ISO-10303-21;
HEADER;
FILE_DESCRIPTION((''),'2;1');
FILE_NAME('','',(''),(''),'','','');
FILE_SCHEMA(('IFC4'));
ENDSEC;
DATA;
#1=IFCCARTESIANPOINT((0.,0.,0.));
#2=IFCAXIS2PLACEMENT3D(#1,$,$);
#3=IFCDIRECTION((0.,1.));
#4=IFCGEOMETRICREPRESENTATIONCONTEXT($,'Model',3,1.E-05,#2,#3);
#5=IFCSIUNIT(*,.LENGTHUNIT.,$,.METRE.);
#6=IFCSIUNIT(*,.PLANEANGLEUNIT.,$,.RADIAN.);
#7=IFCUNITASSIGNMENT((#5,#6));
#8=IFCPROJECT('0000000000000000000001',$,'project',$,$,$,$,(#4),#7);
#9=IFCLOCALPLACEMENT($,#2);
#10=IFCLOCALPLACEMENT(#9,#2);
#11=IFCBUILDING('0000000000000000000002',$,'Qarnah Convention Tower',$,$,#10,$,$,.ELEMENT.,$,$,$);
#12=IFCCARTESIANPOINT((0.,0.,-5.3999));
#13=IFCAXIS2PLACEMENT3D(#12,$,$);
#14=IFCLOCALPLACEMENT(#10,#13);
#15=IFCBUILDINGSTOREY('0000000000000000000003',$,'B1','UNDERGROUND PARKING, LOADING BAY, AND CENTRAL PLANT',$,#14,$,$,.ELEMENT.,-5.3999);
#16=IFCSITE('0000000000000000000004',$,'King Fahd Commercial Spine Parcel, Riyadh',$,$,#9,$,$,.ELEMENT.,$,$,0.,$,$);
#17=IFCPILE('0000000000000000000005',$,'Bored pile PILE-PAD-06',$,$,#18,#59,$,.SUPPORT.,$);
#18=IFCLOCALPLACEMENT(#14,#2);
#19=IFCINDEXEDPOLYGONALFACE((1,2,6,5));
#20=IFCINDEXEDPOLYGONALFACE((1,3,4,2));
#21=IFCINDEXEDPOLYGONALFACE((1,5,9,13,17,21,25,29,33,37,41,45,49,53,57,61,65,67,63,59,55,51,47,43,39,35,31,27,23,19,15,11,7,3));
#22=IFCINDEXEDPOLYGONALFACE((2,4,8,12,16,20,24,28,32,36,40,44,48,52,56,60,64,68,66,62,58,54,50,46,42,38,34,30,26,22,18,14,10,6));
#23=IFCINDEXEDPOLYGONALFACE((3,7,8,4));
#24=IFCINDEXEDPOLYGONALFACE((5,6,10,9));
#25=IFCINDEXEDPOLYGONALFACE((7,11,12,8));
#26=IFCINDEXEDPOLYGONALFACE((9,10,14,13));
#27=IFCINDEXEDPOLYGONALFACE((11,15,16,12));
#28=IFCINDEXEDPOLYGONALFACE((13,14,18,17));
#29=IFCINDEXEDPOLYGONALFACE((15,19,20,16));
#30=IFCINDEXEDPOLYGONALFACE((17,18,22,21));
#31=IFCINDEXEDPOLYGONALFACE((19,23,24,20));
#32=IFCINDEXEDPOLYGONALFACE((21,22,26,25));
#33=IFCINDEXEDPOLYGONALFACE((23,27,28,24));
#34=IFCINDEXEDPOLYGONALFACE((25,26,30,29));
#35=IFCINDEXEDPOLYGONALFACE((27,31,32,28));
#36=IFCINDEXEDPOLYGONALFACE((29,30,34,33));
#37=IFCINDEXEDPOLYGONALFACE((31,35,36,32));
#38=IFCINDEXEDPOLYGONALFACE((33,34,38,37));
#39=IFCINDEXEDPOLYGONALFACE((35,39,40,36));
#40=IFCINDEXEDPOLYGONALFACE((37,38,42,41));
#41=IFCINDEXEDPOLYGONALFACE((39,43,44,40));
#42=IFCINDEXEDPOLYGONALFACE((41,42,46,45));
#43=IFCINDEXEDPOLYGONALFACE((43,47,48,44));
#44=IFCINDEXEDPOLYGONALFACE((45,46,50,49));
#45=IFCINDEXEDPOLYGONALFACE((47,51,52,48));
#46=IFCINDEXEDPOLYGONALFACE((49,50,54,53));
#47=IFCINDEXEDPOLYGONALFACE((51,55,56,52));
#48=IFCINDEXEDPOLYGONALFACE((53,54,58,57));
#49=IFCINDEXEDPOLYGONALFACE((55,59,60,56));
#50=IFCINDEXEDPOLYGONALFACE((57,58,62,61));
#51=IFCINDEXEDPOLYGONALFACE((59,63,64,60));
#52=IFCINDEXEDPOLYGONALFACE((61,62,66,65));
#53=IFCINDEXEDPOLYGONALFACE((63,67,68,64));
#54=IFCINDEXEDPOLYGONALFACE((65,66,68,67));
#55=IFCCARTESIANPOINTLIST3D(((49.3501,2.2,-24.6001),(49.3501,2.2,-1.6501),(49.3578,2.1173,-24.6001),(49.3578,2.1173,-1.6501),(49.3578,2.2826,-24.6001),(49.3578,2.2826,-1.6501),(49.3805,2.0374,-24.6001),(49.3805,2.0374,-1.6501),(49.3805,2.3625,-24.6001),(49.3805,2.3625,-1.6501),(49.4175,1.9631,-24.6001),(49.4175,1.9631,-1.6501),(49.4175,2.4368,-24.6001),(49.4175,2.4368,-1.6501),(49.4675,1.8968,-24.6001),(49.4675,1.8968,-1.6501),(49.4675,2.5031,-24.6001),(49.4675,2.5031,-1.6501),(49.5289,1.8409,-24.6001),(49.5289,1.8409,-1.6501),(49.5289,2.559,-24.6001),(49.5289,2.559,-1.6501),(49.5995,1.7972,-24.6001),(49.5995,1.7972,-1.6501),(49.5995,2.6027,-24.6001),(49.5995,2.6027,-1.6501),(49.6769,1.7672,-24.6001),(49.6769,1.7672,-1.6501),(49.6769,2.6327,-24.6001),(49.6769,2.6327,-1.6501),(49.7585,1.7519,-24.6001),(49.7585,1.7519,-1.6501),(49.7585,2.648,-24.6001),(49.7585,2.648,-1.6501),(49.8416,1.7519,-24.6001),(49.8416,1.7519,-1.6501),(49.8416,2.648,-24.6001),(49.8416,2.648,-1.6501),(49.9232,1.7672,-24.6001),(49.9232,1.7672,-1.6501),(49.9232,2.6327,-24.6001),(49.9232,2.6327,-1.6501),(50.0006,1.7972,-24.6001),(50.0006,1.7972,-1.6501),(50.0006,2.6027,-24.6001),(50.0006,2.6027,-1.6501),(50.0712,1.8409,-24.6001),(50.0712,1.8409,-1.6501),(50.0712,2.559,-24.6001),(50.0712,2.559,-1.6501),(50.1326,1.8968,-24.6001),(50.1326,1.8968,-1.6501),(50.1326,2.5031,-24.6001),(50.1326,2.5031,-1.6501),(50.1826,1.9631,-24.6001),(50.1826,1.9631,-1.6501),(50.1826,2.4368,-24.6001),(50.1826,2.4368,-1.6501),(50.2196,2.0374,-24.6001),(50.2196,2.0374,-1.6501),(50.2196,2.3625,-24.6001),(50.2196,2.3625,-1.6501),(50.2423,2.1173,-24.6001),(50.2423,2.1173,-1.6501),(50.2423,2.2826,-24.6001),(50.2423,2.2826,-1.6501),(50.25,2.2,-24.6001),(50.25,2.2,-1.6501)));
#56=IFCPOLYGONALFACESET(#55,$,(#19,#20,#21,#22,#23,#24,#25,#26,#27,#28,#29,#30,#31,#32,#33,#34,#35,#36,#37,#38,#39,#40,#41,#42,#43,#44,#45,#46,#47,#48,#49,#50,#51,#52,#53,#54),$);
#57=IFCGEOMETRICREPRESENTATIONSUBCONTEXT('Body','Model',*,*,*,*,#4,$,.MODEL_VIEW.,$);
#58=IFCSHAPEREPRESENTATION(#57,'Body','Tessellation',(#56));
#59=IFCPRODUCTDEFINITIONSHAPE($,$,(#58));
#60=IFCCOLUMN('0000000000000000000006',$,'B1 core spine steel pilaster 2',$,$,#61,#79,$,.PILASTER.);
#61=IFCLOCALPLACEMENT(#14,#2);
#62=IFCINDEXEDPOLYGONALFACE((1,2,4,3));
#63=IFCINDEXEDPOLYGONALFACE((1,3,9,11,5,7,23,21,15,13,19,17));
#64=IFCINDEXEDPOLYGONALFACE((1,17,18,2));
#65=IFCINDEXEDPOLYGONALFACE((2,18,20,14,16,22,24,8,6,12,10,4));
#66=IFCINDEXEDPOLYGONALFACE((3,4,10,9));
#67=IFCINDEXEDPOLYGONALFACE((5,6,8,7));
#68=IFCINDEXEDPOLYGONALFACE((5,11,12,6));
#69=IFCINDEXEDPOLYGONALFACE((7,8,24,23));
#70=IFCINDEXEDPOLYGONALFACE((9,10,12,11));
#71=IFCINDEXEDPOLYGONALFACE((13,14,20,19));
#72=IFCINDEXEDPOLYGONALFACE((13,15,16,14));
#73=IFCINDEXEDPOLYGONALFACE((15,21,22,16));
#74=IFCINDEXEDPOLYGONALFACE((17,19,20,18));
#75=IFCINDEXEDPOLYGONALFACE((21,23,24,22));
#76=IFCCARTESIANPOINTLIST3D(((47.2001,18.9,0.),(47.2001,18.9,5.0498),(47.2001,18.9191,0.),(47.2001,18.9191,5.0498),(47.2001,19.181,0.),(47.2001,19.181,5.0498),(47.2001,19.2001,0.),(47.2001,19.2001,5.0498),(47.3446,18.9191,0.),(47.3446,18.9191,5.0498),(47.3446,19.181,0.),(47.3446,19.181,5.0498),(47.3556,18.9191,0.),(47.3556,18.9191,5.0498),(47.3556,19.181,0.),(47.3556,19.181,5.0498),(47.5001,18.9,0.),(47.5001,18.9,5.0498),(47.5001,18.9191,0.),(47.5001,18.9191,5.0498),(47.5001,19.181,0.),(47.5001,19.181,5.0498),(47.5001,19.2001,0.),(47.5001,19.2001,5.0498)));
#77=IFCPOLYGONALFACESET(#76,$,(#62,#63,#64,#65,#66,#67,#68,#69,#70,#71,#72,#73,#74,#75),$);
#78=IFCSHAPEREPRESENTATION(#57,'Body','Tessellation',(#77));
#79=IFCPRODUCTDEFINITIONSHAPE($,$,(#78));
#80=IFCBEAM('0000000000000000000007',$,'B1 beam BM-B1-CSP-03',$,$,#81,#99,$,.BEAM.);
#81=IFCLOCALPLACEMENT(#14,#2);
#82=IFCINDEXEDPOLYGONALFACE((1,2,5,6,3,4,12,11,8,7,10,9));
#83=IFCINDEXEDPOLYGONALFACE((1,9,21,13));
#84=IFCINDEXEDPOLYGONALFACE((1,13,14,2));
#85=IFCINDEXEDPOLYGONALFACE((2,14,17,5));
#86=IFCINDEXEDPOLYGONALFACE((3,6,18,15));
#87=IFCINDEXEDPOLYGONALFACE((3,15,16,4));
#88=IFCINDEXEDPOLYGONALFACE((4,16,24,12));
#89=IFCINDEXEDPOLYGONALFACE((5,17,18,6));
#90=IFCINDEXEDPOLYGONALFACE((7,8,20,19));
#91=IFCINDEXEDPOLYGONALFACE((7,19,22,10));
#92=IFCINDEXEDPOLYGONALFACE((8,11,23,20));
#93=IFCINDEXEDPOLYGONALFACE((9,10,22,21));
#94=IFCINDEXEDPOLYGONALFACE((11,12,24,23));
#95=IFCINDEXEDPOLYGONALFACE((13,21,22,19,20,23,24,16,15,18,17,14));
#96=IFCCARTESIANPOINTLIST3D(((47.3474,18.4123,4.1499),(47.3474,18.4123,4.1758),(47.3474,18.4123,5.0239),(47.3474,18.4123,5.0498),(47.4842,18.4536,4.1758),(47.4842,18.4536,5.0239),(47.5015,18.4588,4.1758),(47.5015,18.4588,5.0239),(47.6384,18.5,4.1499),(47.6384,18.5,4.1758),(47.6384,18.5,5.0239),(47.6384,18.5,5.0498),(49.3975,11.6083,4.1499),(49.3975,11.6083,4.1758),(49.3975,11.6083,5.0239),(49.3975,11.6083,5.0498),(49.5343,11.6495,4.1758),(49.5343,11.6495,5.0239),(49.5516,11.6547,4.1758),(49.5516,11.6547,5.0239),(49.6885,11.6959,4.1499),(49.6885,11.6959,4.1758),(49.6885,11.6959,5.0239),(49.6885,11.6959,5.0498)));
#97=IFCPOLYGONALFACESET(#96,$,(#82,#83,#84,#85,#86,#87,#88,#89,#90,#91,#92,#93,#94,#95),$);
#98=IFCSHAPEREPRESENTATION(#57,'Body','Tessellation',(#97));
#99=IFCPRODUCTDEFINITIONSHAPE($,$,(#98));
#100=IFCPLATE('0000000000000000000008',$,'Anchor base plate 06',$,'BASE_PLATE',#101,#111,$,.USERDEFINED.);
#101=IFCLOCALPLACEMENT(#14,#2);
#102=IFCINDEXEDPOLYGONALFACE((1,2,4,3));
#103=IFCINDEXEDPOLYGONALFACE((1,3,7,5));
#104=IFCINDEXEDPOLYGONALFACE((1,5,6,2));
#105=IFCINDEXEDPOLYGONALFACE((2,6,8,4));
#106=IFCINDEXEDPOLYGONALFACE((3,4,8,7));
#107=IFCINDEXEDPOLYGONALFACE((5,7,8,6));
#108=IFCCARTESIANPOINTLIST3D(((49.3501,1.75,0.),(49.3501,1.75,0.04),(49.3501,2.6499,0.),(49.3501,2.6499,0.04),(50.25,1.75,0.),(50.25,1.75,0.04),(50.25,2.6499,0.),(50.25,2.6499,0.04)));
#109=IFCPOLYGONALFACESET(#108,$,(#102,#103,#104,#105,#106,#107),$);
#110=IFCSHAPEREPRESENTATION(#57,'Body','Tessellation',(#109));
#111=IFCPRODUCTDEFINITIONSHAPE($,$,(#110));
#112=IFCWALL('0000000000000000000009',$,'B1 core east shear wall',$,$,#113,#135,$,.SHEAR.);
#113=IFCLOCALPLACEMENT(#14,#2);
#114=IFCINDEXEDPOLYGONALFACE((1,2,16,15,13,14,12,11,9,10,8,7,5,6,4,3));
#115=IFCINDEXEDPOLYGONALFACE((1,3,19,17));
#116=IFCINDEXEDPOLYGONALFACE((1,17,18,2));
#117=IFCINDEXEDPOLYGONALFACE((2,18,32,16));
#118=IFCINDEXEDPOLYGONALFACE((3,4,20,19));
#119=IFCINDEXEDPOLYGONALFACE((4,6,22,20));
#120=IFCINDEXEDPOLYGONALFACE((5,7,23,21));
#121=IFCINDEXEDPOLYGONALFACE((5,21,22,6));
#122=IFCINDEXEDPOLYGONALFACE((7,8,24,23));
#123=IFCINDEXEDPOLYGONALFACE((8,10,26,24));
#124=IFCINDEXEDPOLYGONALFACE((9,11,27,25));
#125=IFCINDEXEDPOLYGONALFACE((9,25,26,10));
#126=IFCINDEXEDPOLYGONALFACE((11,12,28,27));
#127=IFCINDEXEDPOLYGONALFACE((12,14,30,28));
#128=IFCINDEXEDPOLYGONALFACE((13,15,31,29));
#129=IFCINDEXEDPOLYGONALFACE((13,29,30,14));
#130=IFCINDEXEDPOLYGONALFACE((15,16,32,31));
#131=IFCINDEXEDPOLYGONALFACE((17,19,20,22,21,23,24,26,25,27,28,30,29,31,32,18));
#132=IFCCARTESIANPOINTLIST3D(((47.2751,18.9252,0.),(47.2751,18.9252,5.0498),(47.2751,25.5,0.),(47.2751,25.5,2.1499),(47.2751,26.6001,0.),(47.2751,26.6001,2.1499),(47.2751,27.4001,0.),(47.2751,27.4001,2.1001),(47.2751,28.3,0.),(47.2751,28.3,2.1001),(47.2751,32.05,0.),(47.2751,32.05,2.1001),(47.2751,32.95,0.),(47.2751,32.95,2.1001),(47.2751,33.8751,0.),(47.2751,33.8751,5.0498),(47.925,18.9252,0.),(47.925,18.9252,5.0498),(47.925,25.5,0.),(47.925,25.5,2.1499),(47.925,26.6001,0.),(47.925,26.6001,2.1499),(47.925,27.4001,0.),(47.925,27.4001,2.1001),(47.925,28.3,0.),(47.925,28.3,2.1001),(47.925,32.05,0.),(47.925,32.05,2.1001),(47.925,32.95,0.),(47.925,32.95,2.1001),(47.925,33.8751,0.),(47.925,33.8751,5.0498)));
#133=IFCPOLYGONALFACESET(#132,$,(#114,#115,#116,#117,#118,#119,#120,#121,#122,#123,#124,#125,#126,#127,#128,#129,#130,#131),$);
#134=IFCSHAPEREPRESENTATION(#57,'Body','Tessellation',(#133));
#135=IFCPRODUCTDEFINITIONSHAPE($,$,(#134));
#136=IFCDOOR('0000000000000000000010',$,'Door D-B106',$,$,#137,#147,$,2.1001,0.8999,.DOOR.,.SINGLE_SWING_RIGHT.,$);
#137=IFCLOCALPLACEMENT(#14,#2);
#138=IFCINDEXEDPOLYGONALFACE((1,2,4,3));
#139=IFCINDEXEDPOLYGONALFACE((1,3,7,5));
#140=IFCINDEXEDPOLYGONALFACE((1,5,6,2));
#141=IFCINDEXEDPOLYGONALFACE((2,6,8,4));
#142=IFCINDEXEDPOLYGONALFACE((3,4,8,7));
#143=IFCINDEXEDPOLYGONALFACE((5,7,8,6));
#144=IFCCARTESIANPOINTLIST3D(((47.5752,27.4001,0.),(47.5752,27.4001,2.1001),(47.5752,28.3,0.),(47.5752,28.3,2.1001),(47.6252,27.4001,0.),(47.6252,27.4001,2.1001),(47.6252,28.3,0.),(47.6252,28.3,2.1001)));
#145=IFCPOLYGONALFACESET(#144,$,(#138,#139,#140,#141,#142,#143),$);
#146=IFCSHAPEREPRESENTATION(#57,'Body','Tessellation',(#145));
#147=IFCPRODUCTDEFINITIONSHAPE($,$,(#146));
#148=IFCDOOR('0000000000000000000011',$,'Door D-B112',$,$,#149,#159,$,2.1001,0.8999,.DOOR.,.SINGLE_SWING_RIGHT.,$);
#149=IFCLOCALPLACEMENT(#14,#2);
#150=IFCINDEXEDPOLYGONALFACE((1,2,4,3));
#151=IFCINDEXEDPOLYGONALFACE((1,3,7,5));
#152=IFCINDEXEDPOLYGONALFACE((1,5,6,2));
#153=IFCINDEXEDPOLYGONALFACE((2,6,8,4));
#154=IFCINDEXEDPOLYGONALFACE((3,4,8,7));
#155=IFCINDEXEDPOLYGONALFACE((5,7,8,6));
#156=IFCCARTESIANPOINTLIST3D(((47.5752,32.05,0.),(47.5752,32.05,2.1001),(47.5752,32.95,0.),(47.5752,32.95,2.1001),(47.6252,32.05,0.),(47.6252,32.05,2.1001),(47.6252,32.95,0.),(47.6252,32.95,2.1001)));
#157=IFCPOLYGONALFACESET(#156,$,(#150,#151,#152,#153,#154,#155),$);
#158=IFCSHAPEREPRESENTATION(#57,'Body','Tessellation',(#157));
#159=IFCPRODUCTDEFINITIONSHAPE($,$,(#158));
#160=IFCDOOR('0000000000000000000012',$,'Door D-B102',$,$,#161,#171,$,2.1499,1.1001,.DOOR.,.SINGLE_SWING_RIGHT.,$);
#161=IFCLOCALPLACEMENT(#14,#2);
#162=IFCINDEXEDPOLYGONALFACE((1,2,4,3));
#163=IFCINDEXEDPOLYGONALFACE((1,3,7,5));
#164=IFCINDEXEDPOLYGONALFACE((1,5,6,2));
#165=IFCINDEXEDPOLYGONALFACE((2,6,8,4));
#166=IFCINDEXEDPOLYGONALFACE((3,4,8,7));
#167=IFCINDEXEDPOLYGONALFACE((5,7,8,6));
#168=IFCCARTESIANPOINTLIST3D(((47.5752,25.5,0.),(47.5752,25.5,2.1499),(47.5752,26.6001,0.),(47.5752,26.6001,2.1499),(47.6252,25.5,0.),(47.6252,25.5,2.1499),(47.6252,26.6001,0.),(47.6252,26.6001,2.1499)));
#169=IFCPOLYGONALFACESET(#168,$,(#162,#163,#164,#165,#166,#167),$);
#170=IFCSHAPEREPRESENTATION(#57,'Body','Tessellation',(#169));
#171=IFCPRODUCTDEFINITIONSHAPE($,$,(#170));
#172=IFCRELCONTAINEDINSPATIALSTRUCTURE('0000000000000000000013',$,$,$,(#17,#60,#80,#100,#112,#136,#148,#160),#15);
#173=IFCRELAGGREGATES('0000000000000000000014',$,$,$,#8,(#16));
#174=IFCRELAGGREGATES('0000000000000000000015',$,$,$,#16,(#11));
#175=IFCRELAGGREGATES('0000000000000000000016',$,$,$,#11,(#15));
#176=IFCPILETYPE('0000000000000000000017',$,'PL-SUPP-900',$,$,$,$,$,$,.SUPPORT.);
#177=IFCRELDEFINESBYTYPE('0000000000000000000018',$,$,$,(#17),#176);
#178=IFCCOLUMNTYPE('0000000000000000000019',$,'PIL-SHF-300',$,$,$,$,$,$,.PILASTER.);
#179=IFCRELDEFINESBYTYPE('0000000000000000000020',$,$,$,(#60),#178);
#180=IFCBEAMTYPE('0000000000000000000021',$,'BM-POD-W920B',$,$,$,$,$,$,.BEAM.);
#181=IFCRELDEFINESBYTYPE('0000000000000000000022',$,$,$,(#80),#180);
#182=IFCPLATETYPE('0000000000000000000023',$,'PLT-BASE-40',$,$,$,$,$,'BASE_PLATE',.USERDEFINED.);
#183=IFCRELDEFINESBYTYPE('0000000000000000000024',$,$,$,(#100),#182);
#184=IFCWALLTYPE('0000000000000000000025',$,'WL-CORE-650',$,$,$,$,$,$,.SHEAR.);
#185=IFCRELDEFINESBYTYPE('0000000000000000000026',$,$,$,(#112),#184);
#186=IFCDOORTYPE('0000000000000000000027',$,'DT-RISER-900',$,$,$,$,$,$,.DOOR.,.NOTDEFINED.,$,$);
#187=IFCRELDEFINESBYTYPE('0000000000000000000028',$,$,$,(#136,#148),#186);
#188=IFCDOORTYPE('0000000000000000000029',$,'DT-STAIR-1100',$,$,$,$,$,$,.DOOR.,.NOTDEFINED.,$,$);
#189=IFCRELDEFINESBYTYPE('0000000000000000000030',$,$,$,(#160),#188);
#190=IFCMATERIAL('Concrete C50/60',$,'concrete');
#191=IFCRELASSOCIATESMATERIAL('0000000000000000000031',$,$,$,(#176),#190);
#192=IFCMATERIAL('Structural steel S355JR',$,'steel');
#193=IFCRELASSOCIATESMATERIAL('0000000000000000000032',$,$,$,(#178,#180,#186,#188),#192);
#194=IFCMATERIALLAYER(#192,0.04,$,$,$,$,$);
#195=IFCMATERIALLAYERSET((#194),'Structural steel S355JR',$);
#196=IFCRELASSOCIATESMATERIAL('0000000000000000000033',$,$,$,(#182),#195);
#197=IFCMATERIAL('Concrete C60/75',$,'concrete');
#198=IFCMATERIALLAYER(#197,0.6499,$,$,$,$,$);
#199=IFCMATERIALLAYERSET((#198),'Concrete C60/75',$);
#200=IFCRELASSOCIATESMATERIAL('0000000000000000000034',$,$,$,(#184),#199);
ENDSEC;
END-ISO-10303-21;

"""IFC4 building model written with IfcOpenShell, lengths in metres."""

from ifc_helpers import new_model, si_unit, direction, frame, frame_2d, origin, origin_2d, place, context, subcontext, project, spatial, rectangle, circle, i_section, extrude, material, layer, layer_set, material_profile, profile_set, type_object, element, fill, save


model = new_model("IFC4")

# Units and contexts
model_context = context("Model", 3, precision=1e-05, world=origin(), true_north=direction((0.0, 1.0)))
body_context = subcontext(model_context, "Body", "Model", "MODEL_VIEW")
ifc_project = project(units=[si_unit("LENGTHUNIT", "METRE"), si_unit("PLANEANGLEUNIT", "RADIAN")], contexts=[model_context])

# Site, building, storey
site_placement = place(None, origin())
site = spatial("IfcSite", under=ifc_project, at=site_placement, Name="King Fahd Commercial Spine Parcel, Riyadh", CompositionType="ELEMENT", RefElevation=0.0)
building_placement = place(site_placement, origin())
building = spatial("IfcBuilding", under=site, at=building_placement, Name="Qarnah Convention Tower", CompositionType="ELEMENT")
storey_placement = place(building_placement, frame((0.0, 0.0, -5.3999)))
storey = spatial("IfcBuildingStorey", under=building, at=storey_placement, Name="B1", Description="UNDERGROUND PARKING, LOADING BAY, AND CENTRAL PLANT", CompositionType="ELEMENT", Elevation=-5.3999)

# Shared definitions
ifc_material_1 = material(Name="Concrete C50/60", Category="concrete")

# Pile
ifc_material_profile_1 = material_profile(ifc_material_1, circle(Radius=0.45, at=origin_2d()), Name="PILE-D900")
ifc_profile_set_1 = profile_set([ifc_material_profile_1], Name="Concrete C50/60")
pile_type_1 = type_object("IfcPileType", Name="PL-SUPP-900", PredefinedType="SUPPORT", material=ifc_profile_set_1)
pile_placement = place(storey_placement, frame((49.8, 2.2, -1.6501), z_axis=(0.0, 0.0, -1.0), x_axis=(1.0, 0.0, 0.0)))
element("IfcPile", 1, at=pile_placement, inside=storey, type_object=pile_type_1, Name="Bored pile PILE-PAD-06", PredefinedType="SUPPORT", context=body_context, shape_type="SweptSolid", body=[
    extrude(circle(Radius=0.45, at=origin_2d()), origin(), (0.0, 0.0, 1.0), 22.95),
])

# Column
ifc_material_2 = material(Name="Structural steel S355JR", Category="steel")
ifc_material_profile_2 = material_profile(ifc_material_2, i_section(OverallWidth=0.3, OverallDepth=0.3, WebThickness=0.011, FlangeThickness=0.019, at=origin_2d()), Name="HEB300")
ifc_profile_set_2 = profile_set([ifc_material_profile_2], Name="Structural steel S355JR")
column_type = type_object("IfcColumnType", Name="PIL-SHF-300", PredefinedType="PILASTER", material=ifc_profile_set_2)
column_placement = place(storey_placement, frame((47.3501, 19.05, 0.0), z_axis=(0.0, 0.0, 1.0), x_axis=(1.0, 0.0, 0.0)))
element("IfcColumn", 2, at=column_placement, inside=storey, type_object=column_type, Name="B1 core spine steel pilaster 2", PredefinedType="PILASTER", context=body_context, shape_type="SweptSolid", body=[
    extrude(i_section(OverallWidth=0.3, OverallDepth=0.3, WebThickness=0.011, FlangeThickness=0.019, at=origin_2d()), origin(), (0.0, 0.0, 1.0), 5.0498),
])

# Beam
ifc_material_profile_3 = material_profile(ifc_material_2, i_section(OverallWidth=0.304, OverallDepth=0.8999, WebThickness=0.0181, FlangeThickness=0.0259, at=origin_2d()), Name="W920X271")
ifc_profile_set_3 = profile_set([ifc_material_profile_3], Name="Structural steel S355JR")
beam_type = type_object("IfcBeamType", Name="BM-POD-W920B", PredefinedType="BEAM", material=ifc_profile_set_3)
beam_placement = place(storey_placement, frame((49.543, 11.6521, 4.5999), z_axis=(-0.288492, 0.957482, 0.0), x_axis=(-0.957482, -0.288492, 0.0)))
element("IfcBeam", 3, at=beam_placement, inside=storey, type_object=beam_type, Name="B1 beam BM-B1-CSP-03", PredefinedType="BEAM", context=body_context, shape_type="SweptSolid", body=[
    extrude(i_section(OverallWidth=0.304, OverallDepth=0.8999, WebThickness=0.0181, FlangeThickness=0.0259, at=origin_2d()), origin(), (0.0, 0.0, 1.0), 7.1062),
])

# Plate
ifc_layer_1 = layer(ifc_material_2, 0.04)
ifc_layer_set_1 = layer_set([ifc_layer_1], Name="Structural steel S355JR")
plate_type = type_object("IfcPlateType", Name="PLT-BASE-40", ElementType="BASE_PLATE", PredefinedType="USERDEFINED", material=ifc_layer_set_1)
plate_placement = place(storey_placement, frame((49.8, 2.2, 0.0), z_axis=(0.0, 0.0, 1.0), x_axis=(1.0, 0.0, 0.0)))
element("IfcPlate", 4, at=plate_placement, inside=storey, type_object=plate_type, Name="Anchor base plate 06", ObjectType="BASE_PLATE", PredefinedType="USERDEFINED", context=body_context, shape_type="SweptSolid", body=[
    extrude(rectangle(XDim=0.8999, YDim=0.8999, at=origin_2d()), origin(), (0.0, 0.0, 1.0), 0.04),
])

# Wall, openings, doors
ifc_material_3 = material(Name="Concrete C60/75", Category="concrete")
ifc_layer_2 = layer(ifc_material_3, 0.6499)
ifc_layer_set_2 = layer_set([ifc_layer_2], Name="Concrete C60/75")
wall_type_1 = type_object("IfcWallType", Name="WL-CORE-650", PredefinedType="SHEAR", material=ifc_layer_set_2)
wall_1_placement = place(storey_placement, frame((47.6001, 18.925, 0.0), z_axis=(0.0, 0.0, 1.0), x_axis=(0.0, 1.0, 0.0)))
wall_1 = element("IfcWall", 5, at=wall_1_placement, inside=storey, type_object=wall_type_1, Name="B1 core east shear wall", PredefinedType="SHEAR", context=body_context, shape_type="SweptSolid", body=[
    extrude(rectangle(XDim=14.95, YDim=0.6499, at=frame_2d((7.4751, 0.0))), origin(), (0.0, 0.0, 1.0), 5.0498),
])
opening_1_placement = place(wall_1_placement, frame((6.575, 0.0, 0.0)))
opening_1 = element("IfcOpeningElement", 6, at=opening_1_placement, cuts=wall_1, PredefinedType="OPENING", context=body_context, shape_type="SweptSolid", body=[
    extrude(rectangle(XDim=1.1001, YDim=2.1499, at=frame_2d((0.55, 1.075))), frame((0.0, 0.335, 0.0), z_axis=(0.0, -1.0, 0.0), x_axis=(1.0, 0.0, 0.0)), (0.0, 0.0, 1.0), 0.6699),
])
opening_2_placement = place(wall_1_placement, frame((8.4751, 0.0, 0.0)))
opening_2 = element("IfcOpeningElement", 7, at=opening_2_placement, cuts=wall_1, PredefinedType="OPENING", context=body_context, shape_type="SweptSolid", body=[
    extrude(rectangle(XDim=0.8999, YDim=2.1001, at=frame_2d((0.45, 1.05))), frame((0.0, 0.335, 0.0), z_axis=(0.0, -1.0, 0.0), x_axis=(1.0, 0.0, 0.0)), (0.0, 0.0, 1.0), 0.6699),
])
opening_3_placement = place(wall_1_placement, frame((13.125, 0.0, 0.0)))
opening_3 = element("IfcOpeningElement", 8, at=opening_3_placement, cuts=wall_1, PredefinedType="OPENING", context=body_context, shape_type="SweptSolid", body=[
    extrude(rectangle(XDim=0.8999, YDim=2.1001, at=frame_2d((0.45, 1.05))), frame((0.0, 0.335, 0.0), z_axis=(0.0, -1.0, 0.0), x_axis=(1.0, 0.0, 0.0)), (0.0, 0.0, 1.0), 0.6699),
])
door_type_1 = type_object("IfcDoorType", Name="DT-RISER-900", OperationType="NOTDEFINED", PredefinedType="DOOR", material=ifc_material_2)
door_1_placement = place(opening_2_placement, origin())
door_1 = element("IfcDoor", 9, at=door_1_placement, inside=storey, type_object=door_type_1, Name="Door D-B106", OperationType="SINGLE_SWING_RIGHT", OverallHeight=2.1001, OverallWidth=0.8999, PredefinedType="DOOR", context=body_context, shape_type="SweptSolid", body=[
    extrude(rectangle(XDim=0.8999, YDim=2.1001, at=frame_2d((0.45, 1.05))), frame((0.0, 0.0249, 0.0), z_axis=(0.0, -1.0, 0.0), x_axis=(1.0, 0.0, 0.0)), (0.0, 0.0, 1.0), 0.05),
])
fill(opening_2, door_1)
door_2_placement = place(opening_3_placement, origin())
door_2 = element("IfcDoor", 10, at=door_2_placement, inside=storey, type_object=door_type_1, Name="Door D-B112", OperationType="SINGLE_SWING_RIGHT", OverallHeight=2.1001, OverallWidth=0.8999, PredefinedType="DOOR", context=body_context, shape_type="SweptSolid", body=[
    extrude(rectangle(XDim=0.8999, YDim=2.1001, at=frame_2d((0.45, 1.05))), frame((0.0, 0.0249, 0.0), z_axis=(0.0, -1.0, 0.0), x_axis=(1.0, 0.0, 0.0)), (0.0, 0.0, 1.0), 0.05),
])
fill(opening_3, door_2)
door_type_2 = type_object("IfcDoorType", Name="DT-STAIR-1100", OperationType="NOTDEFINED", PredefinedType="DOOR", material=ifc_material_2)
door_3_placement = place(opening_1_placement, origin())
door_3 = element("IfcDoor", 11, at=door_3_placement, inside=storey, type_object=door_type_2, Name="Door D-B102", OperationType="SINGLE_SWING_RIGHT", OverallHeight=2.1499, OverallWidth=1.1001, PredefinedType="DOOR", context=body_context, shape_type="SweptSolid", body=[
    extrude(rectangle(XDim=1.1001, YDim=2.1499, at=frame_2d((0.55, 1.075))), frame((0.0, 0.0249, 0.0), z_axis=(0.0, -1.0, 0.0), x_axis=(1.0, 0.0, 0.0)), (0.0, 0.0, 1.0), 0.05),
])
fill(opening_1, door_3)

save(model, "model.ifc")
